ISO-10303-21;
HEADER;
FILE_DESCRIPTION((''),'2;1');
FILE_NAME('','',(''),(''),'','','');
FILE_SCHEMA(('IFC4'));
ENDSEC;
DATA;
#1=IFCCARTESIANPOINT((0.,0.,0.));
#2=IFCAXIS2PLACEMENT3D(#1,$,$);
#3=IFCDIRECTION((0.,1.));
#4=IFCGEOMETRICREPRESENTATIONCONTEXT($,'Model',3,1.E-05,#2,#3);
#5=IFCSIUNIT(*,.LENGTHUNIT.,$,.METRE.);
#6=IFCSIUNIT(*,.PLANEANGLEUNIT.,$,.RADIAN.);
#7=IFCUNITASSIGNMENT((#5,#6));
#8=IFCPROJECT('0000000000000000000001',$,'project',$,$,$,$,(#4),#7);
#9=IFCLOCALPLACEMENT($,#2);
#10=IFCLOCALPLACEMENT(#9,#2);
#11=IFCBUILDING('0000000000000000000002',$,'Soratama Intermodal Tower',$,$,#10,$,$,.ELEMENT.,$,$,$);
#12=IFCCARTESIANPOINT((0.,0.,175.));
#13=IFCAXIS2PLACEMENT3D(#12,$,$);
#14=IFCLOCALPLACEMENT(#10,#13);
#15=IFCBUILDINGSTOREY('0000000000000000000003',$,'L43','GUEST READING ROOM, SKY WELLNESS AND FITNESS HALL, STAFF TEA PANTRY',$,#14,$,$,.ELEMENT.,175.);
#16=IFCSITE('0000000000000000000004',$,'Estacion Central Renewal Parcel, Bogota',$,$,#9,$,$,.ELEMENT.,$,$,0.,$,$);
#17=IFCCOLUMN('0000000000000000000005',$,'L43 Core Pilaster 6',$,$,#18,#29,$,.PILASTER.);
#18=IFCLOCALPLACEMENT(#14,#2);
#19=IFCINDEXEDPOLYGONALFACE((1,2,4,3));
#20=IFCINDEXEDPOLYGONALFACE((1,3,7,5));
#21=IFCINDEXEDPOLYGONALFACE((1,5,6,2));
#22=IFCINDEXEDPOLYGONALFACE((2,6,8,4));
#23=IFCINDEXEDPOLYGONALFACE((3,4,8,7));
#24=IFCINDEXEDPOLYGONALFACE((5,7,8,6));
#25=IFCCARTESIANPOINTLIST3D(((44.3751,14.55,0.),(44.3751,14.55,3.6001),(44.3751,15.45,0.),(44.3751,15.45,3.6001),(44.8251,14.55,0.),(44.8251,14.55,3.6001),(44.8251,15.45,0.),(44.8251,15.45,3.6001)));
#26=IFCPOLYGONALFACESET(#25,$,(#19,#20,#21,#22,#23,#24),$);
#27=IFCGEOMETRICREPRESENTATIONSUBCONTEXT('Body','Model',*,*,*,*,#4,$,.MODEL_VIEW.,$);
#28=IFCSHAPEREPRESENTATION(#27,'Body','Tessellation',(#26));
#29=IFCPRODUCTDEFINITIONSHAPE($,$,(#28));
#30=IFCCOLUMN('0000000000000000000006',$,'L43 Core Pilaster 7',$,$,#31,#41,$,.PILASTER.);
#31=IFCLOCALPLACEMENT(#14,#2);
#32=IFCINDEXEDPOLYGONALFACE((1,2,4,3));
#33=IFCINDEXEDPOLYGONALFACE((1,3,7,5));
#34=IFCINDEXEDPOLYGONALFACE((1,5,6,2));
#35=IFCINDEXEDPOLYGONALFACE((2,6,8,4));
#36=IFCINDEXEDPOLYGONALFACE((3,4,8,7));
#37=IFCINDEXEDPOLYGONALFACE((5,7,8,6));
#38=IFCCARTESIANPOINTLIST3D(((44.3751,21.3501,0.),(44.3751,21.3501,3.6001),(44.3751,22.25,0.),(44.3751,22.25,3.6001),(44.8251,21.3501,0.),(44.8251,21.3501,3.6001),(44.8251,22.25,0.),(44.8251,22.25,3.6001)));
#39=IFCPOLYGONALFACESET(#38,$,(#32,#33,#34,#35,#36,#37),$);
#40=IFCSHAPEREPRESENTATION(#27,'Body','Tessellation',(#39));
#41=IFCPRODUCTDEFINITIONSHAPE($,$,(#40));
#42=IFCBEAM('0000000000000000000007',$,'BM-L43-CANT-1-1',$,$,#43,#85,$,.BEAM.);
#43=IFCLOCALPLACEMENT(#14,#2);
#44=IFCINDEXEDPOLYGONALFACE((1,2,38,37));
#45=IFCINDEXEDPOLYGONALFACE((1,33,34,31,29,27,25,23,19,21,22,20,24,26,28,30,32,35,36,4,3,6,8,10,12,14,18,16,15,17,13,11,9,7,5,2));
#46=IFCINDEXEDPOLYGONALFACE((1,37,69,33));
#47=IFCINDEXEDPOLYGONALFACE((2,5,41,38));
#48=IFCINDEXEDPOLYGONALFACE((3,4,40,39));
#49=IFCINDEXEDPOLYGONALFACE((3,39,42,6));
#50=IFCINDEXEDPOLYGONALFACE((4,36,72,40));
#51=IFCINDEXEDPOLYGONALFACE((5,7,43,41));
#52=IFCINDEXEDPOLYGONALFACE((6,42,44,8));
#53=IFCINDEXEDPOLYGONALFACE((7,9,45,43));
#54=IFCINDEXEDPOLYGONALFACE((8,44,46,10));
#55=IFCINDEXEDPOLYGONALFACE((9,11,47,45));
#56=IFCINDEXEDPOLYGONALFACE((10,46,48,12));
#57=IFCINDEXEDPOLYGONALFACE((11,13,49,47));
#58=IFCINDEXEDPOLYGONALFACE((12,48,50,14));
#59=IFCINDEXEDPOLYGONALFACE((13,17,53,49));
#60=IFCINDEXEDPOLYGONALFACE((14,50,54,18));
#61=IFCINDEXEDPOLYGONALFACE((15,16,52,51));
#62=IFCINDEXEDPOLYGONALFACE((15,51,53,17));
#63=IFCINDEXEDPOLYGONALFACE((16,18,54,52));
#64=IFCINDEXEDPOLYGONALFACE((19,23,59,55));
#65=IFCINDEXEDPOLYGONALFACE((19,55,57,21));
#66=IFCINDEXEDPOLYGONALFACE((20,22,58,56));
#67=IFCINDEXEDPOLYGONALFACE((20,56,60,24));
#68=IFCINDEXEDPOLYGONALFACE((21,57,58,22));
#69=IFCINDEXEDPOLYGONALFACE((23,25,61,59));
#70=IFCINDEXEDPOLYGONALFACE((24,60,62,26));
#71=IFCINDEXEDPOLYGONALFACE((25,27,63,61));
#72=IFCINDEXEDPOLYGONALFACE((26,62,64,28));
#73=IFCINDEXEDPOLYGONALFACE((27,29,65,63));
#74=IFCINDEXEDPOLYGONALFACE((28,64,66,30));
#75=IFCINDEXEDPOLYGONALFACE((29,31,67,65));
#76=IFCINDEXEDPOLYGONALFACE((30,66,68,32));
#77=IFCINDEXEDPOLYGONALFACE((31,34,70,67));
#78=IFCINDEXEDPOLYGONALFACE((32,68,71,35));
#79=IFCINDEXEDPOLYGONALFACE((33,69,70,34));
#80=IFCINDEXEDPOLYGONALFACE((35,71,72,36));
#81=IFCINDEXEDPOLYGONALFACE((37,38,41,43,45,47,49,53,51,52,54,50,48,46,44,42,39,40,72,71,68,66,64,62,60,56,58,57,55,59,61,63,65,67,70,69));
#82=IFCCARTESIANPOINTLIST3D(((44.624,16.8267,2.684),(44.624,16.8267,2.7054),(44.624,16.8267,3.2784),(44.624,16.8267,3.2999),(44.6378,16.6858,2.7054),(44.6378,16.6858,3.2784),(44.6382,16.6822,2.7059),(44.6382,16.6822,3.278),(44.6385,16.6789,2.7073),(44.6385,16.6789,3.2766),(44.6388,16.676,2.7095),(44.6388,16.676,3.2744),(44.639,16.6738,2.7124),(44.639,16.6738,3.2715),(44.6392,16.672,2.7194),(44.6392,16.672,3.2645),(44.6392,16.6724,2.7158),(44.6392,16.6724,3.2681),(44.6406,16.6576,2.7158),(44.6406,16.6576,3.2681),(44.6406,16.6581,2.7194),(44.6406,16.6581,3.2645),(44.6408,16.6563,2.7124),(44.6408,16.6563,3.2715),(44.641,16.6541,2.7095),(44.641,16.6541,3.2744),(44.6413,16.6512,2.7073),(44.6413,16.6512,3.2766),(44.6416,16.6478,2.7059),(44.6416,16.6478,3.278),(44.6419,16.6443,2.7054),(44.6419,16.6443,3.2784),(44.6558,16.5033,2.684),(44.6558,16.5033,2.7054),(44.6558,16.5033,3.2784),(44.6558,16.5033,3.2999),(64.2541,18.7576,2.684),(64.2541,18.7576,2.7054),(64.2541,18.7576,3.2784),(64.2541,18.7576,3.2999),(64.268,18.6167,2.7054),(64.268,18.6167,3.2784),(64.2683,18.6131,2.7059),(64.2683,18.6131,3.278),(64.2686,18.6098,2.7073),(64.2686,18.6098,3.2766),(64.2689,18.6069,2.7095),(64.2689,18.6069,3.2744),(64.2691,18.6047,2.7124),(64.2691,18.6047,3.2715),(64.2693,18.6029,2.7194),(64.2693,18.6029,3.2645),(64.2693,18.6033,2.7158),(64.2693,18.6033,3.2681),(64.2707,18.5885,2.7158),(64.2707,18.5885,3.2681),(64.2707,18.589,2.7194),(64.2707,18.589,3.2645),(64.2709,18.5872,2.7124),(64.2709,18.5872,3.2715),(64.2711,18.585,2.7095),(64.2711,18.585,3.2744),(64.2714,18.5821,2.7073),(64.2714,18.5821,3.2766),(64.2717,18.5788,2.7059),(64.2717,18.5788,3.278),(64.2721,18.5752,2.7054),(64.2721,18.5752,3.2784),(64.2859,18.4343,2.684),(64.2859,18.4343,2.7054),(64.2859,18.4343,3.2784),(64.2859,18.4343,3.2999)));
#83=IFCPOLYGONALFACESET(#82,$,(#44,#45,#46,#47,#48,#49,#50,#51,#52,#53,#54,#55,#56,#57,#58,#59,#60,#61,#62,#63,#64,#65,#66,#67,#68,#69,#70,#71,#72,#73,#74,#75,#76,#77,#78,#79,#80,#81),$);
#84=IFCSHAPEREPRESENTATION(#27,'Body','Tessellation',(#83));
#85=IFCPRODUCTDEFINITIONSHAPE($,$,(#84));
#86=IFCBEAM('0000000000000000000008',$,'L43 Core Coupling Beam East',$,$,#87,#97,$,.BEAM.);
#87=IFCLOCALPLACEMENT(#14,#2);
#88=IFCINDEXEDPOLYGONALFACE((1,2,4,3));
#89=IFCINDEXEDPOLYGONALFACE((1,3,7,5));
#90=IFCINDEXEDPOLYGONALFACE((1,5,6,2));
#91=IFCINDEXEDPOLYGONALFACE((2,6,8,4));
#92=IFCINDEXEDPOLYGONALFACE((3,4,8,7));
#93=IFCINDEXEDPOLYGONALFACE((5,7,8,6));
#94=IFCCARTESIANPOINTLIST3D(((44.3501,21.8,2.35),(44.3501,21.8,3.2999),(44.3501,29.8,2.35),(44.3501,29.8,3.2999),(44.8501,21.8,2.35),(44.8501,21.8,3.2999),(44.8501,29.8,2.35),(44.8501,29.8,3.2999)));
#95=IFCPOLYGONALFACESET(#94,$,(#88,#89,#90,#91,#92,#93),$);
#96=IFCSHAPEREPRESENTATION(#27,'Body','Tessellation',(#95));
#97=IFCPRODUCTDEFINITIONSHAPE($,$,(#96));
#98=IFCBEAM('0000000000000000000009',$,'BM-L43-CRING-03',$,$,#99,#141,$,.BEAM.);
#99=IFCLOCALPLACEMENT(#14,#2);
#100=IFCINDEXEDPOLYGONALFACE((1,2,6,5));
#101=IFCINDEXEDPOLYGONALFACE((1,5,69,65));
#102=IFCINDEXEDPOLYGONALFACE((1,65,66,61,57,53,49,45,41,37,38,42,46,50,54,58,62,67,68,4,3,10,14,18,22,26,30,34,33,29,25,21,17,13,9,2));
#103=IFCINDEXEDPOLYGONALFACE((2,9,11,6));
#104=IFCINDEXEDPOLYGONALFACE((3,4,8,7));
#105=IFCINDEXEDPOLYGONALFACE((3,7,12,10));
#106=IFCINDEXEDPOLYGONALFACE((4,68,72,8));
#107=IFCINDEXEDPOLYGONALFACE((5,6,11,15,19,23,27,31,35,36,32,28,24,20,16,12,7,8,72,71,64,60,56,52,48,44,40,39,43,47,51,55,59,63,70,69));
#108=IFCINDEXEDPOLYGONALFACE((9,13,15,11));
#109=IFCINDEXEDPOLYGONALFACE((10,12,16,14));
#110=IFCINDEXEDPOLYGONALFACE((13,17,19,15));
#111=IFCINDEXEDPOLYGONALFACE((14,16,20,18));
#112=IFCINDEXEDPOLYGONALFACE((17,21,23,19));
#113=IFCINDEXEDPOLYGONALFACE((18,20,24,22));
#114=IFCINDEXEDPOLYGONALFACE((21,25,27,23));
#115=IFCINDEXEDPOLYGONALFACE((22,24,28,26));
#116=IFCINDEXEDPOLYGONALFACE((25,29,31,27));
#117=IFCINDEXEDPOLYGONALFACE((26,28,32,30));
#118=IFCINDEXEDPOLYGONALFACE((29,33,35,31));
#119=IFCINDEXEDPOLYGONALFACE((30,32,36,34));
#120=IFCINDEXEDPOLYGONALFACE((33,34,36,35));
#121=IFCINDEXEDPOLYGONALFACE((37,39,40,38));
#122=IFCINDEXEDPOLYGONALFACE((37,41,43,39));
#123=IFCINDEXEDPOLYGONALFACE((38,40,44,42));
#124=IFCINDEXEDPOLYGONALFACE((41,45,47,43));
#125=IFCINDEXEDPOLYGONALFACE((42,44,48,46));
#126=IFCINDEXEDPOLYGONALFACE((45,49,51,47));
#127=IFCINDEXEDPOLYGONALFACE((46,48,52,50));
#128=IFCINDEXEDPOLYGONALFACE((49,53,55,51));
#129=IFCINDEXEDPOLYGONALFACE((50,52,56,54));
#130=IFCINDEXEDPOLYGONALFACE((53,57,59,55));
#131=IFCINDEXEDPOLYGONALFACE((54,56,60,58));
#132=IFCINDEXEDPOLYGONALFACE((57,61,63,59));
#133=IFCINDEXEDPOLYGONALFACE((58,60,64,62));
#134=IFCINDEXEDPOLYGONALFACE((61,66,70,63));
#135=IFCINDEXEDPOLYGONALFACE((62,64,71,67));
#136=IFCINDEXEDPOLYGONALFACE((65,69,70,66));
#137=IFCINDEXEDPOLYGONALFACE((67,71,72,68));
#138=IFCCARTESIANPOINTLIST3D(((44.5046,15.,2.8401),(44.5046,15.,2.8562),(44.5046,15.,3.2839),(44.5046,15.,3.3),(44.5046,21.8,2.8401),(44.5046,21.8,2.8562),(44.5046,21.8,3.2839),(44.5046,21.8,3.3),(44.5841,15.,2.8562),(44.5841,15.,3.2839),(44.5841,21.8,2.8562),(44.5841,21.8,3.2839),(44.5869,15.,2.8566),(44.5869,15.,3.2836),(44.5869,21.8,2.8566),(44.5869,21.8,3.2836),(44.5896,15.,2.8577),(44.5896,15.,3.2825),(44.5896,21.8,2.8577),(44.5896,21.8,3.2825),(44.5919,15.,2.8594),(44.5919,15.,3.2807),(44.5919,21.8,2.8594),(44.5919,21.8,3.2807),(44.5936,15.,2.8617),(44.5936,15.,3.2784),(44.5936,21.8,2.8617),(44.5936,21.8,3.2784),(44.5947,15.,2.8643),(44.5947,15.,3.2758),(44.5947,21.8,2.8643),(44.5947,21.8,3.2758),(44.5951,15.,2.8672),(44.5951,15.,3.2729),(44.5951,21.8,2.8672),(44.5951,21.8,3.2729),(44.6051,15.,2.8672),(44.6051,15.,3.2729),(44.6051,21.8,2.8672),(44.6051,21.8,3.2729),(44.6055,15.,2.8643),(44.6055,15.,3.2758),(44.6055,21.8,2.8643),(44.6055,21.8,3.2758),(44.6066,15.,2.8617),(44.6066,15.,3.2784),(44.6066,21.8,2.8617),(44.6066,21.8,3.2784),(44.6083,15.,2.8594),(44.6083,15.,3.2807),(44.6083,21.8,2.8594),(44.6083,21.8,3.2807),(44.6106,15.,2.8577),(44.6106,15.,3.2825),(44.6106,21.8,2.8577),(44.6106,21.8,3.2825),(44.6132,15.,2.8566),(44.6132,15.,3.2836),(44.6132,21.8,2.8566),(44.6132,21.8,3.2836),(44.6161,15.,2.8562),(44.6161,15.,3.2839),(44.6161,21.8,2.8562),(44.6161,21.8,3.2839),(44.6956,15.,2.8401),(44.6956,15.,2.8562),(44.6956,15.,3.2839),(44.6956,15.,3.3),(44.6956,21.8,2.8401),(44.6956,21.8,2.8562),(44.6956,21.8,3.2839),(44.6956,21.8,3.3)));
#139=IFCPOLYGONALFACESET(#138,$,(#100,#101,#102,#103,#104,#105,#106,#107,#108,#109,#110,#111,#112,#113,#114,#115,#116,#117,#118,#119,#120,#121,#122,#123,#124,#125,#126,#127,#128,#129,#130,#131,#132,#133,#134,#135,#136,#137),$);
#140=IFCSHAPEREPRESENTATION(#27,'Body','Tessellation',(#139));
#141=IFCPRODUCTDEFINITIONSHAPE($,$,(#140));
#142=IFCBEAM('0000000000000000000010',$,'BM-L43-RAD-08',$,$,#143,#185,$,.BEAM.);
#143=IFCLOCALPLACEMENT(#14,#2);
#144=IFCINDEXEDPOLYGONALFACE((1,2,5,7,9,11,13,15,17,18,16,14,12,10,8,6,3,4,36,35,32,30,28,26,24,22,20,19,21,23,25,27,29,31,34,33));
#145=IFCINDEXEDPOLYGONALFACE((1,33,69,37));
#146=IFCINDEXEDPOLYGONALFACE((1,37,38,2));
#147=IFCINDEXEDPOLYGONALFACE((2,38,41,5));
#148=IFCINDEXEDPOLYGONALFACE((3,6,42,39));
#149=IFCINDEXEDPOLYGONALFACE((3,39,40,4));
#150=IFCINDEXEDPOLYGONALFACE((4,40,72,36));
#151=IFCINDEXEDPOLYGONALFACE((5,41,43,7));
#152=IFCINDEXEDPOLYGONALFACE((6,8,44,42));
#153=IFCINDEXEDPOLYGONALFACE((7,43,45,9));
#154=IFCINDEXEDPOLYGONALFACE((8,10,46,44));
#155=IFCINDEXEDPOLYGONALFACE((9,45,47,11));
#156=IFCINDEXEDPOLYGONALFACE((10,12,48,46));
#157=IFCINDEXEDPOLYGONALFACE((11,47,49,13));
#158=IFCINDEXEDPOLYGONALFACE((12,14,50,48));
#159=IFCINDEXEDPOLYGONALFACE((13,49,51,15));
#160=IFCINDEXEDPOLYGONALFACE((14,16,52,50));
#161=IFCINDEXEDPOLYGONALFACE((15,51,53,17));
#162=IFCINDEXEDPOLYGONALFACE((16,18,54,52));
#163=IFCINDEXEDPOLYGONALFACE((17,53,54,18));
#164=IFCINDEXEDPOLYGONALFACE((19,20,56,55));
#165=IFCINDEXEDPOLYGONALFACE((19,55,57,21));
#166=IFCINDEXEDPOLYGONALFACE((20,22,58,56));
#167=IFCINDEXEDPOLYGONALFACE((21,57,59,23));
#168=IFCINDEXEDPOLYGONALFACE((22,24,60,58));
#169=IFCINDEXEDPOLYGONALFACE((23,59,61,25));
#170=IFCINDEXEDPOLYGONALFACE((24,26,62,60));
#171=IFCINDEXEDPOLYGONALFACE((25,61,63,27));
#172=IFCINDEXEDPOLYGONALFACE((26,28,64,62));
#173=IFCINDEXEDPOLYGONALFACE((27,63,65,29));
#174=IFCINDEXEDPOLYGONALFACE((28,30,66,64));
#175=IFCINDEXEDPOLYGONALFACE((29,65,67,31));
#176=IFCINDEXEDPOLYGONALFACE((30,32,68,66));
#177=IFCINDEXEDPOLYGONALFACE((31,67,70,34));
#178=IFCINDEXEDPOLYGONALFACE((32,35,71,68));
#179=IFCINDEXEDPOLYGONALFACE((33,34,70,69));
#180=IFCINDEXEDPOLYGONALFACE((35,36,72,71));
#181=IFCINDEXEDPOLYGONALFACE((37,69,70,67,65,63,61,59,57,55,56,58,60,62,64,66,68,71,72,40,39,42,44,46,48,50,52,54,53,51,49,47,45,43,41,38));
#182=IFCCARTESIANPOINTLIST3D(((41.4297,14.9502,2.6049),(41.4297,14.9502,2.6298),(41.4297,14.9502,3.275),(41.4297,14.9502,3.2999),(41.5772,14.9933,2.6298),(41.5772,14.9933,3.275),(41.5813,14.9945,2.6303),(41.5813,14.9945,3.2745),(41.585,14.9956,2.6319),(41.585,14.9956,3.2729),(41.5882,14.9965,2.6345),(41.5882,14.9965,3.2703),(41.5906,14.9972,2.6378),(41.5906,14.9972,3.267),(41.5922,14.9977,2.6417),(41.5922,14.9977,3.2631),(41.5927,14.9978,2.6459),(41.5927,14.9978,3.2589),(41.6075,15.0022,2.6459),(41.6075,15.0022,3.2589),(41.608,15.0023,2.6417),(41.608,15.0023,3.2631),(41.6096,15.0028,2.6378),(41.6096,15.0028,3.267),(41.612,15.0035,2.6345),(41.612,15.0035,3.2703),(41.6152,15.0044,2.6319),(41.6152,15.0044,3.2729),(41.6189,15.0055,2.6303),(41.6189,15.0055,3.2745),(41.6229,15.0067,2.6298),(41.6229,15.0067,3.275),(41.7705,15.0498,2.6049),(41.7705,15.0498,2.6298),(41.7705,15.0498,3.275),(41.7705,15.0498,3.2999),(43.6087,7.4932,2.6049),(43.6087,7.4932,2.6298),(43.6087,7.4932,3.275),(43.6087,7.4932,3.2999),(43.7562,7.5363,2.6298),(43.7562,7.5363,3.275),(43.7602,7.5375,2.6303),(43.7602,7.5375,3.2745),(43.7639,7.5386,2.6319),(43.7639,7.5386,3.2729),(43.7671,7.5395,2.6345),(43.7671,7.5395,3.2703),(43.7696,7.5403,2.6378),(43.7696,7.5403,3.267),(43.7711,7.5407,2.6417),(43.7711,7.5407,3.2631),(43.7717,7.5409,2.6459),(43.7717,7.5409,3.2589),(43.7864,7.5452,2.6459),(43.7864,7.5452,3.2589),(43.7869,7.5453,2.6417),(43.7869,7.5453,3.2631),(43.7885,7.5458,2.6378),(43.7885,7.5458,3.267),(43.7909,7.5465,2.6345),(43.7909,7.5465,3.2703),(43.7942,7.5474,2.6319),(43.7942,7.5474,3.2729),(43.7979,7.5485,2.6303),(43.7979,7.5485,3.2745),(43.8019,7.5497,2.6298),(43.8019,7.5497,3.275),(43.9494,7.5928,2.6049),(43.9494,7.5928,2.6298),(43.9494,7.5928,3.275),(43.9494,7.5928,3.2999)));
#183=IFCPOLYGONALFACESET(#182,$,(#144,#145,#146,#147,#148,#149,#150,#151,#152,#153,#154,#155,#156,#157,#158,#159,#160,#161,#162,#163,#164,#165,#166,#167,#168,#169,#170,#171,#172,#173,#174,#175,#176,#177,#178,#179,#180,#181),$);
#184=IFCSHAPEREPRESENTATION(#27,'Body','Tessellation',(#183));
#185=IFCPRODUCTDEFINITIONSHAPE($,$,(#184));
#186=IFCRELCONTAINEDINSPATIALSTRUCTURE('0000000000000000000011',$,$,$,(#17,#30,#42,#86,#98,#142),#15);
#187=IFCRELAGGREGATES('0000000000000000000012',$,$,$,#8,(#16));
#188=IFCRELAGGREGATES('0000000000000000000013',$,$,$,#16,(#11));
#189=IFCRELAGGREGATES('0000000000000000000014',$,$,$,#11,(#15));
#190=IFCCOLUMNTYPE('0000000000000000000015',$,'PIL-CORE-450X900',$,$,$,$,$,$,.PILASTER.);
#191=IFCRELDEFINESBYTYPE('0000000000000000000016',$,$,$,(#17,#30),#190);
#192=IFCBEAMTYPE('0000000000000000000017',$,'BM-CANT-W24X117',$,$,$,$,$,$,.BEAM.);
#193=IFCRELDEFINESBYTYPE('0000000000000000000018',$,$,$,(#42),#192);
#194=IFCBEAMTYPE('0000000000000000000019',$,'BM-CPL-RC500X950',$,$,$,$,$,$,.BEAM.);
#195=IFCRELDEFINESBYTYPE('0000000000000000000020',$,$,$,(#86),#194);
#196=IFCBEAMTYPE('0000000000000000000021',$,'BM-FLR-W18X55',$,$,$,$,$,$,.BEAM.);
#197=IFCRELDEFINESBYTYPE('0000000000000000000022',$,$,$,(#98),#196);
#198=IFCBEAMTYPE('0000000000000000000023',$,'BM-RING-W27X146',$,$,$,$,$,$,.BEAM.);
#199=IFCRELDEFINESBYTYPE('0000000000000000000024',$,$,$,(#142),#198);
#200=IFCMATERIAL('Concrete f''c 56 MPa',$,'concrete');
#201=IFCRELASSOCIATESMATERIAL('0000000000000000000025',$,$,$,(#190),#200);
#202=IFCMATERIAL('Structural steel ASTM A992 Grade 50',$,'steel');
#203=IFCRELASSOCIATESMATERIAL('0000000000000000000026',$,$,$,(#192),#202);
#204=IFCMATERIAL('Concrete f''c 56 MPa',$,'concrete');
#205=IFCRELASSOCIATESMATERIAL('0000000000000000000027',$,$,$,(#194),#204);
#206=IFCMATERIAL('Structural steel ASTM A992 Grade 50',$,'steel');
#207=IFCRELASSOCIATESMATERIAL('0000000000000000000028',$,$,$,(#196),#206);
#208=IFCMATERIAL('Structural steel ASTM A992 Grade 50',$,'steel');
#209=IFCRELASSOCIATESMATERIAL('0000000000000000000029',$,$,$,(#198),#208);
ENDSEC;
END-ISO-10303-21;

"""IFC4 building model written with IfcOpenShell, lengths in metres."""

from ifc_helpers import new_model, si_unit, direction, frame, origin, origin_2d, place, context, subcontext, project, spatial, rectangle, i_section, extrude, material, material_profile, profile_set, type_object, element, save


model = new_model("IFC4")

# Units and contexts
model_context = context("Model", 3, precision=1e-05, world=origin(), true_north=direction((0.0, 1.0)))
body_context = subcontext(model_context, "Body", "Model", "MODEL_VIEW")
ifc_project = project(units=[si_unit("LENGTHUNIT", "METRE"), si_unit("PLANEANGLEUNIT", "RADIAN")], contexts=[model_context])

# Site, building, storey
site_placement = place(None, origin())
site = spatial("IfcSite", under=ifc_project, at=site_placement, Name="Estacion Central Renewal Parcel, Bogota", CompositionType="ELEMENT", RefElevation=0.0)
building_placement = place(site_placement, origin())
building = spatial("IfcBuilding", under=site, at=building_placement, Name="Soratama Intermodal Tower", CompositionType="ELEMENT")
storey_placement = place(building_placement, frame((0.0, 0.0, 175.0)))
storey = spatial("IfcBuildingStorey", under=building, at=storey_placement, Name="L43", Description="GUEST READING ROOM, SKY WELLNESS AND FITNESS HALL, STAFF TEA PANTRY", CompositionType="ELEMENT", Elevation=175.0)

# Columns
ifc_material_1 = material(Name="Concrete f'c 56 MPa", Category="concrete")
ifc_material_profile_1 = material_profile(ifc_material_1, rectangle(XDim=0.45, YDim=0.8999, at=origin_2d()), Name="RC450X900")
ifc_profile_set_1 = profile_set([ifc_material_profile_1], Name="Concrete f'c 56 MPa")
column_type = type_object("IfcColumnType", Name="PIL-CORE-450X900", PredefinedType="PILASTER", material=ifc_profile_set_1)
for number, where, z_axis, x_axis, name in (
    (1, (44.6001, 15.0, 0.0), (0.0, 0.0, 1.0), (1.0, 0.0, 0.0), "L43 Core Pilaster 6"),
    (2, (44.6001, 21.8, 0.0), (0.0, 0.0, 1.0), (1.0, 0.0, 0.0), "L43 Core Pilaster 7"),
):
    element("IfcColumn", number, at=place(storey_placement, frame(where, z_axis=z_axis, x_axis=x_axis)), inside=storey, type_object=column_type, Name=name, PredefinedType="PILASTER", context=body_context, shape_type="SweptSolid", body=[
        extrude(rectangle(XDim=0.45, YDim=0.8999, at=origin_2d()), origin(), (0.0, 0.0, 1.0), 3.6001),
    ])

# Beams
ifc_material_2 = material(Name="Structural steel ASTM A992 Grade 50", Category="steel")
ifc_material_profile_2 = material_profile(ifc_material_2, i_section(OverallWidth=0.325, OverallDepth=0.616, WebThickness=0.0139, FlangeThickness=0.0215, FilletRadius=0.0139, at=origin_2d()), Name="W24X117")
ifc_profile_set_2 = profile_set([ifc_material_profile_2], Name="Structural steel ASTM A992 Grade 50")
beam_type_1 = type_object("IfcBeamType", Name="BM-CANT-W24X117", PredefinedType="BEAM", material=ifc_profile_set_2)
beam_1_placement = place(storey_placement, frame((44.6399, 16.665, 2.9919), z_axis=(0.995197, 0.097892, 0.0), x_axis=(-0.097892, 0.995197, 0.0)))
element("IfcBeam", 3, at=beam_1_placement, inside=storey, type_object=beam_type_1, Name="BM-L43-CANT-1-1", PredefinedType="BEAM", context=body_context, shape_type="SweptSolid", body=[
    extrude(i_section(OverallWidth=0.325, OverallDepth=0.616, WebThickness=0.0139, FlangeThickness=0.0215, FilletRadius=0.0139, at=origin_2d()), origin(), (0.0, 0.0, 1.0), 19.7249),
])
ifc_material_3 = material(Name="Concrete f'c 56 MPa", Category="concrete")
ifc_material_profile_3 = material_profile(ifc_material_3, rectangle(XDim=0.5, YDim=0.95, at=origin_2d()), Name="RC500X950")
ifc_profile_set_3 = profile_set([ifc_material_profile_3], Name="Concrete f'c 56 MPa")
beam_type_2 = type_object("IfcBeamType", Name="BM-CPL-RC500X950", PredefinedType="BEAM", material=ifc_profile_set_3)
beam_2_placement = place(storey_placement, frame((44.6001, 21.8, 2.825), z_axis=(0.0, 1.0, 0.0), x_axis=(-1.0, 0.0, 0.0)))
element("IfcBeam", 4, at=beam_2_placement, inside=storey, type_object=beam_type_2, Name="L43 Core Coupling Beam East", PredefinedType="BEAM", context=body_context, shape_type="SweptSolid", body=[
    extrude(rectangle(XDim=0.5, YDim=0.95, at=origin_2d()), origin(), (0.0, 0.0, 1.0), 8.0),
])
ifc_material_4 = material(Name="Structural steel ASTM A992 Grade 50", Category="steel")
ifc_material_profile_4 = material_profile(ifc_material_4, i_section(OverallWidth=0.1909, OverallDepth=0.46, WebThickness=0.01, FlangeThickness=0.0161, FilletRadius=0.011, at=origin_2d()), Name="W18X55")
ifc_profile_set_4 = profile_set([ifc_material_profile_4], Name="Structural steel ASTM A992 Grade 50")
beam_type_3 = type_object("IfcBeamType", Name="BM-FLR-W18X55", PredefinedType="BEAM", material=ifc_profile_set_4)
beam_3_placement = place(storey_placement, frame((44.6001, 15.0, 3.0701), z_axis=(0.0, 1.0, 0.0), x_axis=(-1.0, 0.0, 0.0)))
element("IfcBeam", 5, at=beam_3_placement, inside=storey, type_object=beam_type_3, Name="BM-L43-CRING-03", PredefinedType="BEAM", context=body_context, shape_type="SweptSolid", body=[
    extrude(i_section(OverallWidth=0.1909, OverallDepth=0.46, WebThickness=0.01, FlangeThickness=0.0161, FilletRadius=0.011, at=origin_2d()), origin(), (0.0, 0.0, 1.0), 6.8),
])
ifc_material_5 = material(Name="Structural steel ASTM A992 Grade 50", Category="steel")
ifc_material_profile_5 = material_profile(ifc_material_5, i_section(OverallWidth=0.355, OverallDepth=0.6951, WebThickness=0.0154, FlangeThickness=0.0249, FilletRadius=0.0161, at=origin_2d()), Name="W27X146")
ifc_profile_set_5 = profile_set([ifc_material_profile_5], Name="Structural steel ASTM A992 Grade 50")
beam_type_4 = type_object("IfcBeamType", Name="BM-RING-W27X146", PredefinedType="BEAM", material=ifc_profile_set_5)
beam_4_placement = place(storey_placement, frame((41.6001, 15.0, 2.9524), z_axis=(0.280473, -0.959862, 0.0), x_axis=(0.959862, 0.280473, 0.0)))
element("IfcBeam", 6, at=beam_4_placement, inside=storey, type_object=beam_type_4, Name="BM-L43-RAD-08", PredefinedType="BEAM", context=body_context, shape_type="SweptSolid", body=[
    extrude(i_section(OverallWidth=0.355, OverallDepth=0.6951, WebThickness=0.0154, FlangeThickness=0.0249, FilletRadius=0.0161, at=origin_2d()), origin(), (0.0, 0.0, 1.0), 7.7688),
])

save(model, "model.ifc")
